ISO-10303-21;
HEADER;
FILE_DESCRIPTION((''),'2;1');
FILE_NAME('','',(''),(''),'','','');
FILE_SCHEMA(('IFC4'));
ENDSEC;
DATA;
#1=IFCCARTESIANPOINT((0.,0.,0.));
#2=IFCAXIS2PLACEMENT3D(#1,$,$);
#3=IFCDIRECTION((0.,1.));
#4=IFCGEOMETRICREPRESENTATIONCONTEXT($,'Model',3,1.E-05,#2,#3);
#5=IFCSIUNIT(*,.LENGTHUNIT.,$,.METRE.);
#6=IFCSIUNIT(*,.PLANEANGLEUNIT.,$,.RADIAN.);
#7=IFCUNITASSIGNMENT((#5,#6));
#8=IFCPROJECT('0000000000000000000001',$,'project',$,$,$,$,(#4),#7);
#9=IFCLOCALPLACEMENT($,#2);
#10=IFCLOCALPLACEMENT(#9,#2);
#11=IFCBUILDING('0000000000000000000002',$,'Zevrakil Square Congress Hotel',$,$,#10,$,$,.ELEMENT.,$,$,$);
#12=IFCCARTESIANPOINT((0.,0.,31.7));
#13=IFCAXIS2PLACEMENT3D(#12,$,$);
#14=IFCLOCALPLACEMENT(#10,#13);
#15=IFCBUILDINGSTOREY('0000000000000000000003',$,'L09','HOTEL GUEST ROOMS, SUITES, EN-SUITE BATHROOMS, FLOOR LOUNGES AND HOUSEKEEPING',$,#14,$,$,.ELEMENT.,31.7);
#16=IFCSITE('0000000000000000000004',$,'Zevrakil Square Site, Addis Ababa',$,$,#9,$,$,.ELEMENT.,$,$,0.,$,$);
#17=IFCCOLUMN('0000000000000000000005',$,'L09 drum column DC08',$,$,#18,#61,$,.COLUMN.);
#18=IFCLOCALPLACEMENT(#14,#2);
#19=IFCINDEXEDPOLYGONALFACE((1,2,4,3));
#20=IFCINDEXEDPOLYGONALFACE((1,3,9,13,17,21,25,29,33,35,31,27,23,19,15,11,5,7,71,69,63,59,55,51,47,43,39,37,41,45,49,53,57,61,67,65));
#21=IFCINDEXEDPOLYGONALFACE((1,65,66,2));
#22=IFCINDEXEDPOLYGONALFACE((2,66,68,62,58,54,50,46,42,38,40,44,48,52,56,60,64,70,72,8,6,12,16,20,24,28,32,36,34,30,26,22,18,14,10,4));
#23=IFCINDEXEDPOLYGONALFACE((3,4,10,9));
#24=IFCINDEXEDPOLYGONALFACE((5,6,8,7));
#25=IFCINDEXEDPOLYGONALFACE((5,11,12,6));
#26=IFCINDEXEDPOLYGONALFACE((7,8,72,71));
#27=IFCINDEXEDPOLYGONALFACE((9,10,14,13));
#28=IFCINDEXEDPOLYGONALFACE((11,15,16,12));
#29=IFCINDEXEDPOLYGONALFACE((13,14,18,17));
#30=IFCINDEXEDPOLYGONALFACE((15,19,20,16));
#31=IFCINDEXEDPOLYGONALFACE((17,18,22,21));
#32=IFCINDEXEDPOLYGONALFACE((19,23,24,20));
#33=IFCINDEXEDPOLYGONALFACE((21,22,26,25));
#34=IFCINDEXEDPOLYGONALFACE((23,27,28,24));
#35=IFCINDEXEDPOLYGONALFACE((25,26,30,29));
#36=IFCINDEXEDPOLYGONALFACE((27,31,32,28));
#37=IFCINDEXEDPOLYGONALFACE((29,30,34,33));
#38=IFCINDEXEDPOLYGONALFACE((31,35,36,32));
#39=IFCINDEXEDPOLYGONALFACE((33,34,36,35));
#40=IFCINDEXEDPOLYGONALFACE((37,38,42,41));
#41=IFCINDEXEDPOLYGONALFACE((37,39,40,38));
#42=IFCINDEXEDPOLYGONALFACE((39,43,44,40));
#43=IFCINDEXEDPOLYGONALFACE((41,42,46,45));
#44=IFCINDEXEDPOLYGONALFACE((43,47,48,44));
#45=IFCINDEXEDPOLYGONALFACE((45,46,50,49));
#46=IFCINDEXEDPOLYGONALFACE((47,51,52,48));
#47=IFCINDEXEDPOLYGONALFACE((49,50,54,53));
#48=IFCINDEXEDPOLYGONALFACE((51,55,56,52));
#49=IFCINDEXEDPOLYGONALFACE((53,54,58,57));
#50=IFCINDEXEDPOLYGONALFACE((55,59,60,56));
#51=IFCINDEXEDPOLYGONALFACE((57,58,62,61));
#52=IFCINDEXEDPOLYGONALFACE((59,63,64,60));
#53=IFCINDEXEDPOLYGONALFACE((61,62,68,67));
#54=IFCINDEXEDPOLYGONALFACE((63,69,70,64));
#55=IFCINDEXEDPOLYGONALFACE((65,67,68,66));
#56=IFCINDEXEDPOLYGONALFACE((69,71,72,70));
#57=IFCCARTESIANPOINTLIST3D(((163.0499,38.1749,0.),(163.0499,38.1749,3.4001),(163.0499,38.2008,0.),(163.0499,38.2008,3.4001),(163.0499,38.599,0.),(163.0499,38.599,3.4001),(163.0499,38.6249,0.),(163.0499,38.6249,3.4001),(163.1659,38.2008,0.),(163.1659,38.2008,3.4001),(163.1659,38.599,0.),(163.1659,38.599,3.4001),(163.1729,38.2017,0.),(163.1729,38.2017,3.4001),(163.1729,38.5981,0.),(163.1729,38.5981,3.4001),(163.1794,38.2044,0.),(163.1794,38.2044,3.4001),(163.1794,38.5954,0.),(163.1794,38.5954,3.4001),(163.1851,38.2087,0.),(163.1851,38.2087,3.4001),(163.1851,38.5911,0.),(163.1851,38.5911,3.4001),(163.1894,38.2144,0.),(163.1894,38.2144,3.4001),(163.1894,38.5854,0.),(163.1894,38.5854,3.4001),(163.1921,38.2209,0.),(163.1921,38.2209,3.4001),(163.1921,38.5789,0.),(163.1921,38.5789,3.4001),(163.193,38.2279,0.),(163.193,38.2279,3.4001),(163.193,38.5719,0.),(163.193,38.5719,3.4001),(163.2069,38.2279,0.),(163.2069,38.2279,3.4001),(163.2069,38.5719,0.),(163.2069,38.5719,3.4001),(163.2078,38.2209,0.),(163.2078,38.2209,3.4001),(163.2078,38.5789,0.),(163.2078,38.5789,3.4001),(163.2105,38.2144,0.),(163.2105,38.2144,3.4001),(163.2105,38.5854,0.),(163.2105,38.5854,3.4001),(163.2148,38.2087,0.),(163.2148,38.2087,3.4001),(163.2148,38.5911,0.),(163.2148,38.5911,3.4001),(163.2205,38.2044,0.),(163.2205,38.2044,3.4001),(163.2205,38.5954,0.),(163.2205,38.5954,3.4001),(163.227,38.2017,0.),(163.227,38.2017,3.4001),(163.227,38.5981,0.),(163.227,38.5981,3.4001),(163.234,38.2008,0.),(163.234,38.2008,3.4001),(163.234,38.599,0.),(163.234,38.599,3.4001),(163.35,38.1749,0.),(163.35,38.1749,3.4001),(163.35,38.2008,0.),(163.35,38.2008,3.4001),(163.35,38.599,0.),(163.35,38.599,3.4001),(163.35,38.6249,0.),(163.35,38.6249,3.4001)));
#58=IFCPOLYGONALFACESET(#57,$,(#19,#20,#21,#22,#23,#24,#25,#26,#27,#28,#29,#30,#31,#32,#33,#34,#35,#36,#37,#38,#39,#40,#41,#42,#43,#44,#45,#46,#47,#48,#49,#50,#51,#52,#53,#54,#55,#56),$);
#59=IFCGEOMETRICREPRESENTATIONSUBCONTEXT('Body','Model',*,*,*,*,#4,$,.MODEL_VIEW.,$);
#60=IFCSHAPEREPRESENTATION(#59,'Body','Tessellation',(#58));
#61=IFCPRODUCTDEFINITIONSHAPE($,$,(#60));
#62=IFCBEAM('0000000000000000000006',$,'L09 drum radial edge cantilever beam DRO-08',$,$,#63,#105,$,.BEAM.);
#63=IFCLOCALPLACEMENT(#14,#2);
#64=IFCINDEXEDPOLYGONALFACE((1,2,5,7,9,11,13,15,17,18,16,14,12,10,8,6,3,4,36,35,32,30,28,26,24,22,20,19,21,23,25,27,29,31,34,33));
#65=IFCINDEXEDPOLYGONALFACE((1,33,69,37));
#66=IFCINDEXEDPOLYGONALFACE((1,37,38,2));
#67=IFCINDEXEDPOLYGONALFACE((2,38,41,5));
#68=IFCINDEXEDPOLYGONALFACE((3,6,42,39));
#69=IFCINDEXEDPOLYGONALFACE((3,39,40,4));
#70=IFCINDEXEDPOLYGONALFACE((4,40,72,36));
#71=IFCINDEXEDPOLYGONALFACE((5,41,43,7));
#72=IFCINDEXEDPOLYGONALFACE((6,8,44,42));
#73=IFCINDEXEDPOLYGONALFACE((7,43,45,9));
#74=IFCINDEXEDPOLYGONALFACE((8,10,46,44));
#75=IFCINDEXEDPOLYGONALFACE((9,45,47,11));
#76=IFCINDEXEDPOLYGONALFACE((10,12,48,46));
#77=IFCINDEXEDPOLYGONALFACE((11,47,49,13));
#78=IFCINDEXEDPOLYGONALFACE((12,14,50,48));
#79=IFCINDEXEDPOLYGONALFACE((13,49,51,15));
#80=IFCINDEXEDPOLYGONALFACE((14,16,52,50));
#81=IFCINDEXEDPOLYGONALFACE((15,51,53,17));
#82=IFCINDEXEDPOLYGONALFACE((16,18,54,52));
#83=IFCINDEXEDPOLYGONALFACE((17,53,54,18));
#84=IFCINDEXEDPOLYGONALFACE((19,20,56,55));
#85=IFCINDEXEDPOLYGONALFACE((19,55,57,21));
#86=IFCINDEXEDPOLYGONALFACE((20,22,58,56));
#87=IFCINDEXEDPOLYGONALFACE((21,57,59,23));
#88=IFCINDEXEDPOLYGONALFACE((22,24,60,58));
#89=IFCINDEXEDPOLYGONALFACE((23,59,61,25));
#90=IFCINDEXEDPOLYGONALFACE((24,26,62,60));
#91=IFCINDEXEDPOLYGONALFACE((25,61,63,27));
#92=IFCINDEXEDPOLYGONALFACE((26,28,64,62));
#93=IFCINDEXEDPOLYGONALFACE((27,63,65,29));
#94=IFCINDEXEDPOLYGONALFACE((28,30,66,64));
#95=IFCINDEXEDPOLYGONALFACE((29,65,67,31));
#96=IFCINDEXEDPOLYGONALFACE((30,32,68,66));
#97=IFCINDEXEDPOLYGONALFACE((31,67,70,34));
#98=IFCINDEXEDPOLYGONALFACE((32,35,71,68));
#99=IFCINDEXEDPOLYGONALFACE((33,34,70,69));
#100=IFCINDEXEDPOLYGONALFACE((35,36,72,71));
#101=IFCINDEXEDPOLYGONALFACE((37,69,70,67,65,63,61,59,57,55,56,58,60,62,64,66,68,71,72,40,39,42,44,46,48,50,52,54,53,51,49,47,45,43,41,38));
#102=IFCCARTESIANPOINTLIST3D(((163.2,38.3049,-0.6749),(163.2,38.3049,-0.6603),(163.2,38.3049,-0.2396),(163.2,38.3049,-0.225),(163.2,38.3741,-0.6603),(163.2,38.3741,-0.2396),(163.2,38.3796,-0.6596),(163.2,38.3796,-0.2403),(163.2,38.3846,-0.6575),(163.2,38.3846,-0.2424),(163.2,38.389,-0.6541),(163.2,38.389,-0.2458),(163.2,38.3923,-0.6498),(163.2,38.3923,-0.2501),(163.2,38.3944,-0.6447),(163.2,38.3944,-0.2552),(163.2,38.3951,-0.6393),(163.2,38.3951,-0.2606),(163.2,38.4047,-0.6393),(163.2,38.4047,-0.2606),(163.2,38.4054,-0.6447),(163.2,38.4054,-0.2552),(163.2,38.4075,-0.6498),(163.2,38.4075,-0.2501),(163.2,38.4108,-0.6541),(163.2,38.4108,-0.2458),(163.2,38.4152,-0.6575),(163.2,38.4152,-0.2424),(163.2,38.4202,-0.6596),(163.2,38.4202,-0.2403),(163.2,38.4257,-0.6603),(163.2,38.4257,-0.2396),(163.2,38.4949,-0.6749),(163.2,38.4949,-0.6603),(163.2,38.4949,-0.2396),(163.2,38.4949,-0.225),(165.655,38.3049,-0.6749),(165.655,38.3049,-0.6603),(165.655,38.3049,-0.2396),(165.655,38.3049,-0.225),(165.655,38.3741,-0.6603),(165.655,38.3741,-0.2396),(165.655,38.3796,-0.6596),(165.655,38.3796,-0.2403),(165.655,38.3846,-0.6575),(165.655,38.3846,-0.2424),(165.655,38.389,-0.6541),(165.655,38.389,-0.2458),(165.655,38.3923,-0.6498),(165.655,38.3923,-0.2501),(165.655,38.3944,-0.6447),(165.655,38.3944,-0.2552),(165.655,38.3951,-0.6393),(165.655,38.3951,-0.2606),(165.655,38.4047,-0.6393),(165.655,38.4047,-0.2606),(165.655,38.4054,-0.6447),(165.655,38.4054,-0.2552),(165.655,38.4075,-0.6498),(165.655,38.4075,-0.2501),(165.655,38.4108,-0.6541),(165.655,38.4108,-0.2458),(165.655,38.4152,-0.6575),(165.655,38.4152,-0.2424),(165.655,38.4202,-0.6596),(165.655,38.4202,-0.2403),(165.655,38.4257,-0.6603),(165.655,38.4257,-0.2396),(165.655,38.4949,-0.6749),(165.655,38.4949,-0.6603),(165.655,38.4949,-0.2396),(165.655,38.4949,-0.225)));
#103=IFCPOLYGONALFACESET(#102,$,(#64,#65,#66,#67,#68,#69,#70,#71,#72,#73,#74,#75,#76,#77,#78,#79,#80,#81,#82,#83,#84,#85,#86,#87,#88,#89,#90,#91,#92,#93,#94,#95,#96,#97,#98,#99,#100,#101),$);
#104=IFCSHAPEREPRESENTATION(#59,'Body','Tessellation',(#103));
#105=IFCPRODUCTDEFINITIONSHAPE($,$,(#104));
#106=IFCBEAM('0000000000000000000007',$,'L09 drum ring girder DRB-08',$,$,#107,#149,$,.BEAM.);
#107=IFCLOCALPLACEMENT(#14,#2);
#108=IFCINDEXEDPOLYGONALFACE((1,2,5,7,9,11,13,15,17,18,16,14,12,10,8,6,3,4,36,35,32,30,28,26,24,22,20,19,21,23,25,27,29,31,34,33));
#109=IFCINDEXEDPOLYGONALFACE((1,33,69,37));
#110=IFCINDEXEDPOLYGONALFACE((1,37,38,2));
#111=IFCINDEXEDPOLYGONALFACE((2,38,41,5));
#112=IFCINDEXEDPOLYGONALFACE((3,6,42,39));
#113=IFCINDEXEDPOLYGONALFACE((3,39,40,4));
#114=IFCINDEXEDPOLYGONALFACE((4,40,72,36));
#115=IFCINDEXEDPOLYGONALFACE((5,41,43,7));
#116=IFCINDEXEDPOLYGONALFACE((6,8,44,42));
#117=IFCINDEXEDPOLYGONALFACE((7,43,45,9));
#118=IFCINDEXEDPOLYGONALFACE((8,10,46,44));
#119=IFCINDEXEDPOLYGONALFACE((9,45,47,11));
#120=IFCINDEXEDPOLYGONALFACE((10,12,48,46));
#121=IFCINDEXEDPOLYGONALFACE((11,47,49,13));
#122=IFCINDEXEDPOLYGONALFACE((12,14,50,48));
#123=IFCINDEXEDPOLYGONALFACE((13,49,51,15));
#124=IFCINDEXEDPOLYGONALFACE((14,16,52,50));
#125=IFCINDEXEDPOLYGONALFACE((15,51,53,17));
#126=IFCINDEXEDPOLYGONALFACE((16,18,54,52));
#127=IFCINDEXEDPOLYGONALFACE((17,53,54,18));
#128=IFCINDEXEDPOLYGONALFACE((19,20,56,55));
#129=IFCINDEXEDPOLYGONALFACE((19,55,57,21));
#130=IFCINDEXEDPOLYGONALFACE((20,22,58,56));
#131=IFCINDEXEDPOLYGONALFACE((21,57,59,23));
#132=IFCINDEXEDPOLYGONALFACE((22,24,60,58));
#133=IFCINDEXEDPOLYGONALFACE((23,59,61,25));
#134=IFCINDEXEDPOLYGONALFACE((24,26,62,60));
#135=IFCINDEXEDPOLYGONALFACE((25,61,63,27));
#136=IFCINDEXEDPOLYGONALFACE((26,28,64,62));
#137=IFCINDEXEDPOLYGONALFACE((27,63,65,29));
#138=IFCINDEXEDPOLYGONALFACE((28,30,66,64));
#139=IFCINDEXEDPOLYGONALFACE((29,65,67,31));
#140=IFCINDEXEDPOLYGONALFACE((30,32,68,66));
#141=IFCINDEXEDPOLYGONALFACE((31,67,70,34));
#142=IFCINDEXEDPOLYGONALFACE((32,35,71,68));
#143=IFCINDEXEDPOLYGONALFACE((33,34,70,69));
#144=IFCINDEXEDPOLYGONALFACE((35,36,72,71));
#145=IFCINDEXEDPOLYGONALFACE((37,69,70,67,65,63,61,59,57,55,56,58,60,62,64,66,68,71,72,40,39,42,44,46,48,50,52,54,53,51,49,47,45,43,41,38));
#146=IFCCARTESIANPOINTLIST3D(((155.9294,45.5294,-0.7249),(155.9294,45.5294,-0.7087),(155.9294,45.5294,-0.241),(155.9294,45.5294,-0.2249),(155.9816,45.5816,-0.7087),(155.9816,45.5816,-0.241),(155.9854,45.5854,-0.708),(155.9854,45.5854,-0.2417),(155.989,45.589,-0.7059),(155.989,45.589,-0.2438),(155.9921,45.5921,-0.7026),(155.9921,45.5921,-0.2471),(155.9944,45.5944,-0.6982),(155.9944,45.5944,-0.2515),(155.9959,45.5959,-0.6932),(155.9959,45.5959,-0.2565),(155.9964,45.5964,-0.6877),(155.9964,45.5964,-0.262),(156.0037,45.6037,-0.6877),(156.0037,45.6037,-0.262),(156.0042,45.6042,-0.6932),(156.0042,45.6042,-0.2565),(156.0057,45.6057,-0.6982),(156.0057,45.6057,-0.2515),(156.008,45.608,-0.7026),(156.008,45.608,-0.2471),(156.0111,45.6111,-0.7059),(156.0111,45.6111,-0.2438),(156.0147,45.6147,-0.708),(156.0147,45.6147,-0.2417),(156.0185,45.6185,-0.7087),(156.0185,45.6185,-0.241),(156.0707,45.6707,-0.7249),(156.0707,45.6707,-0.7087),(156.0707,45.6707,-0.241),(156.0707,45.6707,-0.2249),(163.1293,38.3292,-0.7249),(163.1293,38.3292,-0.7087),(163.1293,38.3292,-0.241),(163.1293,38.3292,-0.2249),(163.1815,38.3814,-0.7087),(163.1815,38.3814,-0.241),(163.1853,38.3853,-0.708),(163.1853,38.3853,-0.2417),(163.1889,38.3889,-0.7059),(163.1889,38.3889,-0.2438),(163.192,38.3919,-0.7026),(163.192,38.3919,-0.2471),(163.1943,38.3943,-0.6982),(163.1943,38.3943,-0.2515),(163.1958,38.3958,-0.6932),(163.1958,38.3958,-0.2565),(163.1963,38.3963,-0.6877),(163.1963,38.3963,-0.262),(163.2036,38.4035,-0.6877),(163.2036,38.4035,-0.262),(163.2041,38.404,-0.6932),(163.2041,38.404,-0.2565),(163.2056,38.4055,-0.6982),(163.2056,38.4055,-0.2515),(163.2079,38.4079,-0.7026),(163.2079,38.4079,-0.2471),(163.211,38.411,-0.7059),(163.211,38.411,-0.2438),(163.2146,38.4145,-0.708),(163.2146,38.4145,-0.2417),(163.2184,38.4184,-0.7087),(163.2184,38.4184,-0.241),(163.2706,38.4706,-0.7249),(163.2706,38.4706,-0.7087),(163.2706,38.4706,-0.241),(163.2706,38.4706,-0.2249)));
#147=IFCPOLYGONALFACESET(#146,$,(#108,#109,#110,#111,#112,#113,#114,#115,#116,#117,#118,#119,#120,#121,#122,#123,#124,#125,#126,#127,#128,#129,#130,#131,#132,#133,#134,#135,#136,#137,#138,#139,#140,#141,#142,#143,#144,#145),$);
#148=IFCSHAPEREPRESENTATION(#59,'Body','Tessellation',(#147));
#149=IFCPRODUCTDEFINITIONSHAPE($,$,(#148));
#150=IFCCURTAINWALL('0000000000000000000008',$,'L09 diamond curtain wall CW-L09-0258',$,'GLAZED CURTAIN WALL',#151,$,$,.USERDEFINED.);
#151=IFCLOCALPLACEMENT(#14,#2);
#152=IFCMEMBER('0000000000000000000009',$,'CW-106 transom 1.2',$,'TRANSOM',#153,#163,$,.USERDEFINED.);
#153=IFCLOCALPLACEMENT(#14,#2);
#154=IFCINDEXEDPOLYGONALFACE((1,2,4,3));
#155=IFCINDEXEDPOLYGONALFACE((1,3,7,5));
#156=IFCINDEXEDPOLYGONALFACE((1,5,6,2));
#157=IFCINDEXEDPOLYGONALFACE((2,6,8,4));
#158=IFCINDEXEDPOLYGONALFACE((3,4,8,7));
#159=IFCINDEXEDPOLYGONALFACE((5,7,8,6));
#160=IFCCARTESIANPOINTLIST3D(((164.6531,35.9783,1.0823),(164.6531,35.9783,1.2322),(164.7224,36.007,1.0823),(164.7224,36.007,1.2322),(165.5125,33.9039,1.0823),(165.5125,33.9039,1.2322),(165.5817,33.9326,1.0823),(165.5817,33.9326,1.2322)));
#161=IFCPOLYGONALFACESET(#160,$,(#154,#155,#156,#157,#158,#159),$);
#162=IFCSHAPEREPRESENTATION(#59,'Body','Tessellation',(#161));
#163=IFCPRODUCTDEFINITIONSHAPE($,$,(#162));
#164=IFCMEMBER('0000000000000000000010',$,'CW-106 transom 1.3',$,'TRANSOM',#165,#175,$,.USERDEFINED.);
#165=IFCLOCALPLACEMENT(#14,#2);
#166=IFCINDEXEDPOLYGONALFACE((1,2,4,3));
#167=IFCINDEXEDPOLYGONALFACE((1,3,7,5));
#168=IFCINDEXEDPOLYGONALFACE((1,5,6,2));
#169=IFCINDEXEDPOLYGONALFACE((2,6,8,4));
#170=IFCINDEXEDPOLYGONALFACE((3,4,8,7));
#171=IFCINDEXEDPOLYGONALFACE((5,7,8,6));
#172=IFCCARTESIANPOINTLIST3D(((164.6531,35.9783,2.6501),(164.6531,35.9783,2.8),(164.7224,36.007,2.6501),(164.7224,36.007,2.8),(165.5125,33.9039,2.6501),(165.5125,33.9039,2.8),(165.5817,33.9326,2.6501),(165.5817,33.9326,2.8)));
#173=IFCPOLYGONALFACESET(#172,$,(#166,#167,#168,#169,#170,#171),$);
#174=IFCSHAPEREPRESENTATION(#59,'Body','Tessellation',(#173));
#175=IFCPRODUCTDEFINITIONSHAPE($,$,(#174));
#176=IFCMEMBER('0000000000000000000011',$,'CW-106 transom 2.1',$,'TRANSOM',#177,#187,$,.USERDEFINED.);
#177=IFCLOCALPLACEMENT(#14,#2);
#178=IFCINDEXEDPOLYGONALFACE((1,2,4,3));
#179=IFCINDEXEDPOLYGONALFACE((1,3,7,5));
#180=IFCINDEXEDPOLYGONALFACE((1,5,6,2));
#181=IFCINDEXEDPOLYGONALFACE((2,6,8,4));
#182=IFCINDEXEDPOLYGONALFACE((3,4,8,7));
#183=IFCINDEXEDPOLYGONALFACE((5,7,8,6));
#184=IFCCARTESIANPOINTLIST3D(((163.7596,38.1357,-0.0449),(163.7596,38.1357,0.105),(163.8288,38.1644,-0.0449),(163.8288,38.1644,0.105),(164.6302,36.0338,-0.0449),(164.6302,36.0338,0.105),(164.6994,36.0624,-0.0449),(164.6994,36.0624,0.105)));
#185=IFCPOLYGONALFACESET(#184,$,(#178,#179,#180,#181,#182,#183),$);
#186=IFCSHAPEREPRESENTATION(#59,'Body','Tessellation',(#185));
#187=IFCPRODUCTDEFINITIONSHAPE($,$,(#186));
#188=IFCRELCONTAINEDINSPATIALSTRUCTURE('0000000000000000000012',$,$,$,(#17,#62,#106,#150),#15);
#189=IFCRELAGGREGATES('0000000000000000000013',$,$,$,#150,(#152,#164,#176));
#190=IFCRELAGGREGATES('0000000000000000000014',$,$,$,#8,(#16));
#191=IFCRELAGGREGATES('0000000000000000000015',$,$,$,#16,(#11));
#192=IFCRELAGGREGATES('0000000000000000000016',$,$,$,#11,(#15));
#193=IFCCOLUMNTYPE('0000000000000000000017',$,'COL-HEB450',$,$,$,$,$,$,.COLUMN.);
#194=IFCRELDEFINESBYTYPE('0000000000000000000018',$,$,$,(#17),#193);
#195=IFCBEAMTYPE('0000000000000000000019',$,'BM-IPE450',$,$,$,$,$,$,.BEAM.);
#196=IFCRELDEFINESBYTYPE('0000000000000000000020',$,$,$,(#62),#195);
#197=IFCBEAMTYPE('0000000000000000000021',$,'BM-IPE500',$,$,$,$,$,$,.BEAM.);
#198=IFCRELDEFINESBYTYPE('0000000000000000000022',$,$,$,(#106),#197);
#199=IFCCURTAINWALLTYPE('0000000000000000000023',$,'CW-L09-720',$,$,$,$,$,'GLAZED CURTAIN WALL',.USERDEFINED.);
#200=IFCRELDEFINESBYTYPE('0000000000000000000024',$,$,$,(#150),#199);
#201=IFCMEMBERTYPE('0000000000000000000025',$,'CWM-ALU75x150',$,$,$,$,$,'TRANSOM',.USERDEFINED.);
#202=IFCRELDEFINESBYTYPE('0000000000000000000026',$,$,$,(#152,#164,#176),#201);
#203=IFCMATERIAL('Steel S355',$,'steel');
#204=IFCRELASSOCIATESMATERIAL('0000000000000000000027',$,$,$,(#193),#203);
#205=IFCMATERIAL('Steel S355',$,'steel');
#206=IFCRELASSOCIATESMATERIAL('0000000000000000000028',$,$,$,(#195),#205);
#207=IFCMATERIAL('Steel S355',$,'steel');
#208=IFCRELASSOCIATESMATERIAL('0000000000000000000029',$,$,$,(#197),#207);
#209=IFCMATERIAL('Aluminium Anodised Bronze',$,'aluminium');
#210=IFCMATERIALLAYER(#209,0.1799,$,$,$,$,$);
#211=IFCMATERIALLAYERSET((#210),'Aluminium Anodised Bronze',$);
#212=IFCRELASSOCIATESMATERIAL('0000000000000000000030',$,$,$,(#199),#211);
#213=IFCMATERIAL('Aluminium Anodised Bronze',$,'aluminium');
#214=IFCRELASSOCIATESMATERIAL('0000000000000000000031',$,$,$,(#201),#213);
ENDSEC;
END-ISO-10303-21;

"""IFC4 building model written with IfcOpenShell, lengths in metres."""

from ifc_helpers import new_model, si_unit, direction, frame, origin, origin_2d, place, context, subcontext, project, spatial, rectangle, i_section, extrude, material, layer, layer_set, material_profile, profile_set, type_object, element, aggregate, save


model = new_model("IFC4")

# Units and contexts
model_context = context("Model", 3, precision=1e-05, world=origin(), true_north=direction((0.0, 1.0)))
body_context = subcontext(model_context, "Body", "Model", "MODEL_VIEW")
ifc_project = project(units=[si_unit("LENGTHUNIT", "METRE"), si_unit("PLANEANGLEUNIT", "RADIAN")], contexts=[model_context])

# Site, building, storey
site_placement = place(None, origin())
site = spatial("IfcSite", under=ifc_project, at=site_placement, Name="Zevrakil Square Site, Addis Ababa", CompositionType="ELEMENT", RefElevation=0.0)
building_placement = place(site_placement, origin())
building = spatial("IfcBuilding", under=site, at=building_placement, Name="Zevrakil Square Congress Hotel", CompositionType="ELEMENT")
storey_placement = place(building_placement, frame((0.0, 0.0, 31.7)))
storey = spatial("IfcBuildingStorey", under=building, at=storey_placement, Name="L09", Description="HOTEL GUEST ROOMS, SUITES, EN-SUITE BATHROOMS, FLOOR LOUNGES AND HOUSEKEEPING", CompositionType="ELEMENT", Elevation=31.7)

# Column
ifc_material_1 = material(Name="Steel S355", Category="steel")
ifc_material_profile_1 = material_profile(ifc_material_1, i_section(OverallWidth=0.3, OverallDepth=0.45, WebThickness=0.0139, FlangeThickness=0.0259, FilletRadius=0.0271, at=origin_2d()), Name="HEB 450")
ifc_profile_set_1 = profile_set([ifc_material_profile_1], Name="Steel S355")
column_type = type_object("IfcColumnType", Name="COL-HEB450", PredefinedType="COLUMN", material=ifc_profile_set_1)
column_placement = place(storey_placement, frame((163.2, 38.3999, 0.0), z_axis=(0.0, 0.0, 1.0), x_axis=(1.0, 0.0, 0.0)))
element("IfcColumn", 1, at=column_placement, inside=storey, type_object=column_type, Name="L09 drum column DC08", PredefinedType="COLUMN", context=body_context, shape_type="SweptSolid", body=[
    extrude(i_section(OverallWidth=0.3, OverallDepth=0.45, WebThickness=0.0139, FlangeThickness=0.0259, FilletRadius=0.0271, at=origin_2d()), origin(), (0.0, 0.0, 1.0), 3.4001),
])

# Beams
ifc_material_2 = material(Name="Steel S355", Category="steel")
ifc_material_profile_2 = material_profile(ifc_material_2, i_section(OverallWidth=0.1899, OverallDepth=0.45, WebThickness=0.0095, FlangeThickness=0.0146, FilletRadius=0.021, at=origin_2d()), Name="IPE 450")
ifc_profile_set_2 = profile_set([ifc_material_profile_2], Name="Steel S355")
beam_type_1 = type_object("IfcBeamType", Name="BM-IPE450", PredefinedType="BEAM", material=ifc_profile_set_2)
beam_1_placement = place(storey_placement, frame((163.2, 38.3999, -0.45), z_axis=(1.0, 0.0, 0.0), x_axis=(0.0, 1.0, 0.0)))
element("IfcBeam", 2, at=beam_1_placement, inside=storey, type_object=beam_type_1, Name="L09 drum radial edge cantilever beam DRO-08", PredefinedType="BEAM", context=body_context, shape_type="SweptSolid", body=[
    extrude(i_section(OverallWidth=0.1899, OverallDepth=0.45, WebThickness=0.0095, FlangeThickness=0.0146, FilletRadius=0.021, at=origin_2d()), origin(), (0.0, 0.0, 1.0), 2.4551),
])
ifc_material_3 = material(Name="Steel S355", Category="steel")
ifc_material_profile_3 = material_profile(ifc_material_3, i_section(OverallWidth=0.2, OverallDepth=0.5, WebThickness=0.0103, FlangeThickness=0.0161, FilletRadius=0.021, at=origin_2d()), Name="IPE 500")
ifc_profile_set_3 = profile_set([ifc_material_profile_3], Name="Steel S355")
beam_type_2 = type_object("IfcBeamType", Name="BM-IPE500", PredefinedType="BEAM", material=ifc_profile_set_3)
beam_2_placement = place(storey_placement, frame((163.2, 38.3999, -0.4749), z_axis=(-0.707095, 0.707119, 0.0), x_axis=(-0.707119, -0.707095, 0.0)))
element("IfcBeam", 3, at=beam_2_placement, inside=storey, type_object=beam_type_2, Name="L09 drum ring girder DRB-08", PredefinedType="BEAM", context=body_context, shape_type="SweptSolid", body=[
    extrude(i_section(OverallWidth=0.2, OverallDepth=0.5, WebThickness=0.0103, FlangeThickness=0.0161, FilletRadius=0.021, at=origin_2d()), origin(), (0.0, 0.0, 1.0), 10.1824),
])

# Curtain wall, members
ifc_material_4 = material(Name="Aluminium Anodised Bronze", Category="aluminium")
ifc_layer_1 = layer(ifc_material_4, 0.1799)
ifc_layer_set_1 = layer_set([ifc_layer_1], Name="Aluminium Anodised Bronze")
curtain_wall_type = type_object("IfcCurtainWallType", Name="CW-L09-720", ElementType="GLAZED CURTAIN WALL", PredefinedType="USERDEFINED", material=ifc_layer_set_1)
curtain_wall_placement = place(storey_placement, origin())
curtain_wall = element("IfcCurtainWall", 4, at=curtain_wall_placement, inside=storey, type_object=curtain_wall_type, Name="L09 diamond curtain wall CW-L09-0258", ObjectType="GLAZED CURTAIN WALL", PredefinedType="USERDEFINED")
ifc_material_5 = material(Name="Aluminium Anodised Bronze", Category="aluminium")
ifc_material_profile_4 = material_profile(ifc_material_5, rectangle(XDim=0.075, YDim=0.1499, at=origin_2d()), Name="ALU 75x150")
ifc_profile_set_4 = profile_set([ifc_material_profile_4], Name="Aluminium Anodised Bronze")
member_type_1 = type_object("IfcMemberType", Name="CWM-ALU75x150", ElementType="TRANSOM", PredefinedType="USERDEFINED", material=ifc_profile_set_4)
member_1_placement = place(storey_placement, frame((165.5471, 33.9182, 1.1572), z_axis=(-0.382723, 0.923863, 0.0), x_axis=(-0.923863, -0.382723, 0.0)))
member_1 = element("IfcMember", 5, at=member_1_placement, type_object=member_type_1, Name="CW-106 transom 1.2", ObjectType="TRANSOM", PredefinedType="USERDEFINED", context=body_context, shape_type="SweptSolid", body=[
    extrude(rectangle(XDim=0.075, YDim=0.1499, at=origin_2d()), origin(), (0.0, 0.0, 1.0), 2.2454),
])
member_2_placement = place(storey_placement, frame((165.5471, 33.9182, 2.7251), z_axis=(-0.382723, 0.923863, 0.0), x_axis=(-0.923863, -0.382723, 0.0)))
member_2 = element("IfcMember", 6, at=member_2_placement, type_object=member_type_1, Name="CW-106 transom 1.3", ObjectType="TRANSOM", PredefinedType="USERDEFINED", context=body_context, shape_type="SweptSolid", body=[
    extrude(rectangle(XDim=0.075, YDim=0.1499, at=origin_2d()), origin(), (0.0, 0.0, 1.0), 2.2454),
])
member_3_placement = place(storey_placement, frame((164.6648, 36.0481, 0.03), z_axis=(-0.382649, 0.923894, 0.0), x_axis=(-0.923894, -0.382649, 0.0)))
member_3 = element("IfcMember", 7, at=member_3_placement, type_object=member_type_1, Name="CW-106 transom 2.1", ObjectType="TRANSOM", PredefinedType="USERDEFINED", context=body_context, shape_type="SweptSolid", body=[
    extrude(rectangle(XDim=0.075, YDim=0.1499, at=origin_2d()), origin(), (0.0, 0.0, 1.0), 2.2751),
])

aggregate(curtain_wall, [member_1, member_2, member_3])

save(model, "model.ifc")
